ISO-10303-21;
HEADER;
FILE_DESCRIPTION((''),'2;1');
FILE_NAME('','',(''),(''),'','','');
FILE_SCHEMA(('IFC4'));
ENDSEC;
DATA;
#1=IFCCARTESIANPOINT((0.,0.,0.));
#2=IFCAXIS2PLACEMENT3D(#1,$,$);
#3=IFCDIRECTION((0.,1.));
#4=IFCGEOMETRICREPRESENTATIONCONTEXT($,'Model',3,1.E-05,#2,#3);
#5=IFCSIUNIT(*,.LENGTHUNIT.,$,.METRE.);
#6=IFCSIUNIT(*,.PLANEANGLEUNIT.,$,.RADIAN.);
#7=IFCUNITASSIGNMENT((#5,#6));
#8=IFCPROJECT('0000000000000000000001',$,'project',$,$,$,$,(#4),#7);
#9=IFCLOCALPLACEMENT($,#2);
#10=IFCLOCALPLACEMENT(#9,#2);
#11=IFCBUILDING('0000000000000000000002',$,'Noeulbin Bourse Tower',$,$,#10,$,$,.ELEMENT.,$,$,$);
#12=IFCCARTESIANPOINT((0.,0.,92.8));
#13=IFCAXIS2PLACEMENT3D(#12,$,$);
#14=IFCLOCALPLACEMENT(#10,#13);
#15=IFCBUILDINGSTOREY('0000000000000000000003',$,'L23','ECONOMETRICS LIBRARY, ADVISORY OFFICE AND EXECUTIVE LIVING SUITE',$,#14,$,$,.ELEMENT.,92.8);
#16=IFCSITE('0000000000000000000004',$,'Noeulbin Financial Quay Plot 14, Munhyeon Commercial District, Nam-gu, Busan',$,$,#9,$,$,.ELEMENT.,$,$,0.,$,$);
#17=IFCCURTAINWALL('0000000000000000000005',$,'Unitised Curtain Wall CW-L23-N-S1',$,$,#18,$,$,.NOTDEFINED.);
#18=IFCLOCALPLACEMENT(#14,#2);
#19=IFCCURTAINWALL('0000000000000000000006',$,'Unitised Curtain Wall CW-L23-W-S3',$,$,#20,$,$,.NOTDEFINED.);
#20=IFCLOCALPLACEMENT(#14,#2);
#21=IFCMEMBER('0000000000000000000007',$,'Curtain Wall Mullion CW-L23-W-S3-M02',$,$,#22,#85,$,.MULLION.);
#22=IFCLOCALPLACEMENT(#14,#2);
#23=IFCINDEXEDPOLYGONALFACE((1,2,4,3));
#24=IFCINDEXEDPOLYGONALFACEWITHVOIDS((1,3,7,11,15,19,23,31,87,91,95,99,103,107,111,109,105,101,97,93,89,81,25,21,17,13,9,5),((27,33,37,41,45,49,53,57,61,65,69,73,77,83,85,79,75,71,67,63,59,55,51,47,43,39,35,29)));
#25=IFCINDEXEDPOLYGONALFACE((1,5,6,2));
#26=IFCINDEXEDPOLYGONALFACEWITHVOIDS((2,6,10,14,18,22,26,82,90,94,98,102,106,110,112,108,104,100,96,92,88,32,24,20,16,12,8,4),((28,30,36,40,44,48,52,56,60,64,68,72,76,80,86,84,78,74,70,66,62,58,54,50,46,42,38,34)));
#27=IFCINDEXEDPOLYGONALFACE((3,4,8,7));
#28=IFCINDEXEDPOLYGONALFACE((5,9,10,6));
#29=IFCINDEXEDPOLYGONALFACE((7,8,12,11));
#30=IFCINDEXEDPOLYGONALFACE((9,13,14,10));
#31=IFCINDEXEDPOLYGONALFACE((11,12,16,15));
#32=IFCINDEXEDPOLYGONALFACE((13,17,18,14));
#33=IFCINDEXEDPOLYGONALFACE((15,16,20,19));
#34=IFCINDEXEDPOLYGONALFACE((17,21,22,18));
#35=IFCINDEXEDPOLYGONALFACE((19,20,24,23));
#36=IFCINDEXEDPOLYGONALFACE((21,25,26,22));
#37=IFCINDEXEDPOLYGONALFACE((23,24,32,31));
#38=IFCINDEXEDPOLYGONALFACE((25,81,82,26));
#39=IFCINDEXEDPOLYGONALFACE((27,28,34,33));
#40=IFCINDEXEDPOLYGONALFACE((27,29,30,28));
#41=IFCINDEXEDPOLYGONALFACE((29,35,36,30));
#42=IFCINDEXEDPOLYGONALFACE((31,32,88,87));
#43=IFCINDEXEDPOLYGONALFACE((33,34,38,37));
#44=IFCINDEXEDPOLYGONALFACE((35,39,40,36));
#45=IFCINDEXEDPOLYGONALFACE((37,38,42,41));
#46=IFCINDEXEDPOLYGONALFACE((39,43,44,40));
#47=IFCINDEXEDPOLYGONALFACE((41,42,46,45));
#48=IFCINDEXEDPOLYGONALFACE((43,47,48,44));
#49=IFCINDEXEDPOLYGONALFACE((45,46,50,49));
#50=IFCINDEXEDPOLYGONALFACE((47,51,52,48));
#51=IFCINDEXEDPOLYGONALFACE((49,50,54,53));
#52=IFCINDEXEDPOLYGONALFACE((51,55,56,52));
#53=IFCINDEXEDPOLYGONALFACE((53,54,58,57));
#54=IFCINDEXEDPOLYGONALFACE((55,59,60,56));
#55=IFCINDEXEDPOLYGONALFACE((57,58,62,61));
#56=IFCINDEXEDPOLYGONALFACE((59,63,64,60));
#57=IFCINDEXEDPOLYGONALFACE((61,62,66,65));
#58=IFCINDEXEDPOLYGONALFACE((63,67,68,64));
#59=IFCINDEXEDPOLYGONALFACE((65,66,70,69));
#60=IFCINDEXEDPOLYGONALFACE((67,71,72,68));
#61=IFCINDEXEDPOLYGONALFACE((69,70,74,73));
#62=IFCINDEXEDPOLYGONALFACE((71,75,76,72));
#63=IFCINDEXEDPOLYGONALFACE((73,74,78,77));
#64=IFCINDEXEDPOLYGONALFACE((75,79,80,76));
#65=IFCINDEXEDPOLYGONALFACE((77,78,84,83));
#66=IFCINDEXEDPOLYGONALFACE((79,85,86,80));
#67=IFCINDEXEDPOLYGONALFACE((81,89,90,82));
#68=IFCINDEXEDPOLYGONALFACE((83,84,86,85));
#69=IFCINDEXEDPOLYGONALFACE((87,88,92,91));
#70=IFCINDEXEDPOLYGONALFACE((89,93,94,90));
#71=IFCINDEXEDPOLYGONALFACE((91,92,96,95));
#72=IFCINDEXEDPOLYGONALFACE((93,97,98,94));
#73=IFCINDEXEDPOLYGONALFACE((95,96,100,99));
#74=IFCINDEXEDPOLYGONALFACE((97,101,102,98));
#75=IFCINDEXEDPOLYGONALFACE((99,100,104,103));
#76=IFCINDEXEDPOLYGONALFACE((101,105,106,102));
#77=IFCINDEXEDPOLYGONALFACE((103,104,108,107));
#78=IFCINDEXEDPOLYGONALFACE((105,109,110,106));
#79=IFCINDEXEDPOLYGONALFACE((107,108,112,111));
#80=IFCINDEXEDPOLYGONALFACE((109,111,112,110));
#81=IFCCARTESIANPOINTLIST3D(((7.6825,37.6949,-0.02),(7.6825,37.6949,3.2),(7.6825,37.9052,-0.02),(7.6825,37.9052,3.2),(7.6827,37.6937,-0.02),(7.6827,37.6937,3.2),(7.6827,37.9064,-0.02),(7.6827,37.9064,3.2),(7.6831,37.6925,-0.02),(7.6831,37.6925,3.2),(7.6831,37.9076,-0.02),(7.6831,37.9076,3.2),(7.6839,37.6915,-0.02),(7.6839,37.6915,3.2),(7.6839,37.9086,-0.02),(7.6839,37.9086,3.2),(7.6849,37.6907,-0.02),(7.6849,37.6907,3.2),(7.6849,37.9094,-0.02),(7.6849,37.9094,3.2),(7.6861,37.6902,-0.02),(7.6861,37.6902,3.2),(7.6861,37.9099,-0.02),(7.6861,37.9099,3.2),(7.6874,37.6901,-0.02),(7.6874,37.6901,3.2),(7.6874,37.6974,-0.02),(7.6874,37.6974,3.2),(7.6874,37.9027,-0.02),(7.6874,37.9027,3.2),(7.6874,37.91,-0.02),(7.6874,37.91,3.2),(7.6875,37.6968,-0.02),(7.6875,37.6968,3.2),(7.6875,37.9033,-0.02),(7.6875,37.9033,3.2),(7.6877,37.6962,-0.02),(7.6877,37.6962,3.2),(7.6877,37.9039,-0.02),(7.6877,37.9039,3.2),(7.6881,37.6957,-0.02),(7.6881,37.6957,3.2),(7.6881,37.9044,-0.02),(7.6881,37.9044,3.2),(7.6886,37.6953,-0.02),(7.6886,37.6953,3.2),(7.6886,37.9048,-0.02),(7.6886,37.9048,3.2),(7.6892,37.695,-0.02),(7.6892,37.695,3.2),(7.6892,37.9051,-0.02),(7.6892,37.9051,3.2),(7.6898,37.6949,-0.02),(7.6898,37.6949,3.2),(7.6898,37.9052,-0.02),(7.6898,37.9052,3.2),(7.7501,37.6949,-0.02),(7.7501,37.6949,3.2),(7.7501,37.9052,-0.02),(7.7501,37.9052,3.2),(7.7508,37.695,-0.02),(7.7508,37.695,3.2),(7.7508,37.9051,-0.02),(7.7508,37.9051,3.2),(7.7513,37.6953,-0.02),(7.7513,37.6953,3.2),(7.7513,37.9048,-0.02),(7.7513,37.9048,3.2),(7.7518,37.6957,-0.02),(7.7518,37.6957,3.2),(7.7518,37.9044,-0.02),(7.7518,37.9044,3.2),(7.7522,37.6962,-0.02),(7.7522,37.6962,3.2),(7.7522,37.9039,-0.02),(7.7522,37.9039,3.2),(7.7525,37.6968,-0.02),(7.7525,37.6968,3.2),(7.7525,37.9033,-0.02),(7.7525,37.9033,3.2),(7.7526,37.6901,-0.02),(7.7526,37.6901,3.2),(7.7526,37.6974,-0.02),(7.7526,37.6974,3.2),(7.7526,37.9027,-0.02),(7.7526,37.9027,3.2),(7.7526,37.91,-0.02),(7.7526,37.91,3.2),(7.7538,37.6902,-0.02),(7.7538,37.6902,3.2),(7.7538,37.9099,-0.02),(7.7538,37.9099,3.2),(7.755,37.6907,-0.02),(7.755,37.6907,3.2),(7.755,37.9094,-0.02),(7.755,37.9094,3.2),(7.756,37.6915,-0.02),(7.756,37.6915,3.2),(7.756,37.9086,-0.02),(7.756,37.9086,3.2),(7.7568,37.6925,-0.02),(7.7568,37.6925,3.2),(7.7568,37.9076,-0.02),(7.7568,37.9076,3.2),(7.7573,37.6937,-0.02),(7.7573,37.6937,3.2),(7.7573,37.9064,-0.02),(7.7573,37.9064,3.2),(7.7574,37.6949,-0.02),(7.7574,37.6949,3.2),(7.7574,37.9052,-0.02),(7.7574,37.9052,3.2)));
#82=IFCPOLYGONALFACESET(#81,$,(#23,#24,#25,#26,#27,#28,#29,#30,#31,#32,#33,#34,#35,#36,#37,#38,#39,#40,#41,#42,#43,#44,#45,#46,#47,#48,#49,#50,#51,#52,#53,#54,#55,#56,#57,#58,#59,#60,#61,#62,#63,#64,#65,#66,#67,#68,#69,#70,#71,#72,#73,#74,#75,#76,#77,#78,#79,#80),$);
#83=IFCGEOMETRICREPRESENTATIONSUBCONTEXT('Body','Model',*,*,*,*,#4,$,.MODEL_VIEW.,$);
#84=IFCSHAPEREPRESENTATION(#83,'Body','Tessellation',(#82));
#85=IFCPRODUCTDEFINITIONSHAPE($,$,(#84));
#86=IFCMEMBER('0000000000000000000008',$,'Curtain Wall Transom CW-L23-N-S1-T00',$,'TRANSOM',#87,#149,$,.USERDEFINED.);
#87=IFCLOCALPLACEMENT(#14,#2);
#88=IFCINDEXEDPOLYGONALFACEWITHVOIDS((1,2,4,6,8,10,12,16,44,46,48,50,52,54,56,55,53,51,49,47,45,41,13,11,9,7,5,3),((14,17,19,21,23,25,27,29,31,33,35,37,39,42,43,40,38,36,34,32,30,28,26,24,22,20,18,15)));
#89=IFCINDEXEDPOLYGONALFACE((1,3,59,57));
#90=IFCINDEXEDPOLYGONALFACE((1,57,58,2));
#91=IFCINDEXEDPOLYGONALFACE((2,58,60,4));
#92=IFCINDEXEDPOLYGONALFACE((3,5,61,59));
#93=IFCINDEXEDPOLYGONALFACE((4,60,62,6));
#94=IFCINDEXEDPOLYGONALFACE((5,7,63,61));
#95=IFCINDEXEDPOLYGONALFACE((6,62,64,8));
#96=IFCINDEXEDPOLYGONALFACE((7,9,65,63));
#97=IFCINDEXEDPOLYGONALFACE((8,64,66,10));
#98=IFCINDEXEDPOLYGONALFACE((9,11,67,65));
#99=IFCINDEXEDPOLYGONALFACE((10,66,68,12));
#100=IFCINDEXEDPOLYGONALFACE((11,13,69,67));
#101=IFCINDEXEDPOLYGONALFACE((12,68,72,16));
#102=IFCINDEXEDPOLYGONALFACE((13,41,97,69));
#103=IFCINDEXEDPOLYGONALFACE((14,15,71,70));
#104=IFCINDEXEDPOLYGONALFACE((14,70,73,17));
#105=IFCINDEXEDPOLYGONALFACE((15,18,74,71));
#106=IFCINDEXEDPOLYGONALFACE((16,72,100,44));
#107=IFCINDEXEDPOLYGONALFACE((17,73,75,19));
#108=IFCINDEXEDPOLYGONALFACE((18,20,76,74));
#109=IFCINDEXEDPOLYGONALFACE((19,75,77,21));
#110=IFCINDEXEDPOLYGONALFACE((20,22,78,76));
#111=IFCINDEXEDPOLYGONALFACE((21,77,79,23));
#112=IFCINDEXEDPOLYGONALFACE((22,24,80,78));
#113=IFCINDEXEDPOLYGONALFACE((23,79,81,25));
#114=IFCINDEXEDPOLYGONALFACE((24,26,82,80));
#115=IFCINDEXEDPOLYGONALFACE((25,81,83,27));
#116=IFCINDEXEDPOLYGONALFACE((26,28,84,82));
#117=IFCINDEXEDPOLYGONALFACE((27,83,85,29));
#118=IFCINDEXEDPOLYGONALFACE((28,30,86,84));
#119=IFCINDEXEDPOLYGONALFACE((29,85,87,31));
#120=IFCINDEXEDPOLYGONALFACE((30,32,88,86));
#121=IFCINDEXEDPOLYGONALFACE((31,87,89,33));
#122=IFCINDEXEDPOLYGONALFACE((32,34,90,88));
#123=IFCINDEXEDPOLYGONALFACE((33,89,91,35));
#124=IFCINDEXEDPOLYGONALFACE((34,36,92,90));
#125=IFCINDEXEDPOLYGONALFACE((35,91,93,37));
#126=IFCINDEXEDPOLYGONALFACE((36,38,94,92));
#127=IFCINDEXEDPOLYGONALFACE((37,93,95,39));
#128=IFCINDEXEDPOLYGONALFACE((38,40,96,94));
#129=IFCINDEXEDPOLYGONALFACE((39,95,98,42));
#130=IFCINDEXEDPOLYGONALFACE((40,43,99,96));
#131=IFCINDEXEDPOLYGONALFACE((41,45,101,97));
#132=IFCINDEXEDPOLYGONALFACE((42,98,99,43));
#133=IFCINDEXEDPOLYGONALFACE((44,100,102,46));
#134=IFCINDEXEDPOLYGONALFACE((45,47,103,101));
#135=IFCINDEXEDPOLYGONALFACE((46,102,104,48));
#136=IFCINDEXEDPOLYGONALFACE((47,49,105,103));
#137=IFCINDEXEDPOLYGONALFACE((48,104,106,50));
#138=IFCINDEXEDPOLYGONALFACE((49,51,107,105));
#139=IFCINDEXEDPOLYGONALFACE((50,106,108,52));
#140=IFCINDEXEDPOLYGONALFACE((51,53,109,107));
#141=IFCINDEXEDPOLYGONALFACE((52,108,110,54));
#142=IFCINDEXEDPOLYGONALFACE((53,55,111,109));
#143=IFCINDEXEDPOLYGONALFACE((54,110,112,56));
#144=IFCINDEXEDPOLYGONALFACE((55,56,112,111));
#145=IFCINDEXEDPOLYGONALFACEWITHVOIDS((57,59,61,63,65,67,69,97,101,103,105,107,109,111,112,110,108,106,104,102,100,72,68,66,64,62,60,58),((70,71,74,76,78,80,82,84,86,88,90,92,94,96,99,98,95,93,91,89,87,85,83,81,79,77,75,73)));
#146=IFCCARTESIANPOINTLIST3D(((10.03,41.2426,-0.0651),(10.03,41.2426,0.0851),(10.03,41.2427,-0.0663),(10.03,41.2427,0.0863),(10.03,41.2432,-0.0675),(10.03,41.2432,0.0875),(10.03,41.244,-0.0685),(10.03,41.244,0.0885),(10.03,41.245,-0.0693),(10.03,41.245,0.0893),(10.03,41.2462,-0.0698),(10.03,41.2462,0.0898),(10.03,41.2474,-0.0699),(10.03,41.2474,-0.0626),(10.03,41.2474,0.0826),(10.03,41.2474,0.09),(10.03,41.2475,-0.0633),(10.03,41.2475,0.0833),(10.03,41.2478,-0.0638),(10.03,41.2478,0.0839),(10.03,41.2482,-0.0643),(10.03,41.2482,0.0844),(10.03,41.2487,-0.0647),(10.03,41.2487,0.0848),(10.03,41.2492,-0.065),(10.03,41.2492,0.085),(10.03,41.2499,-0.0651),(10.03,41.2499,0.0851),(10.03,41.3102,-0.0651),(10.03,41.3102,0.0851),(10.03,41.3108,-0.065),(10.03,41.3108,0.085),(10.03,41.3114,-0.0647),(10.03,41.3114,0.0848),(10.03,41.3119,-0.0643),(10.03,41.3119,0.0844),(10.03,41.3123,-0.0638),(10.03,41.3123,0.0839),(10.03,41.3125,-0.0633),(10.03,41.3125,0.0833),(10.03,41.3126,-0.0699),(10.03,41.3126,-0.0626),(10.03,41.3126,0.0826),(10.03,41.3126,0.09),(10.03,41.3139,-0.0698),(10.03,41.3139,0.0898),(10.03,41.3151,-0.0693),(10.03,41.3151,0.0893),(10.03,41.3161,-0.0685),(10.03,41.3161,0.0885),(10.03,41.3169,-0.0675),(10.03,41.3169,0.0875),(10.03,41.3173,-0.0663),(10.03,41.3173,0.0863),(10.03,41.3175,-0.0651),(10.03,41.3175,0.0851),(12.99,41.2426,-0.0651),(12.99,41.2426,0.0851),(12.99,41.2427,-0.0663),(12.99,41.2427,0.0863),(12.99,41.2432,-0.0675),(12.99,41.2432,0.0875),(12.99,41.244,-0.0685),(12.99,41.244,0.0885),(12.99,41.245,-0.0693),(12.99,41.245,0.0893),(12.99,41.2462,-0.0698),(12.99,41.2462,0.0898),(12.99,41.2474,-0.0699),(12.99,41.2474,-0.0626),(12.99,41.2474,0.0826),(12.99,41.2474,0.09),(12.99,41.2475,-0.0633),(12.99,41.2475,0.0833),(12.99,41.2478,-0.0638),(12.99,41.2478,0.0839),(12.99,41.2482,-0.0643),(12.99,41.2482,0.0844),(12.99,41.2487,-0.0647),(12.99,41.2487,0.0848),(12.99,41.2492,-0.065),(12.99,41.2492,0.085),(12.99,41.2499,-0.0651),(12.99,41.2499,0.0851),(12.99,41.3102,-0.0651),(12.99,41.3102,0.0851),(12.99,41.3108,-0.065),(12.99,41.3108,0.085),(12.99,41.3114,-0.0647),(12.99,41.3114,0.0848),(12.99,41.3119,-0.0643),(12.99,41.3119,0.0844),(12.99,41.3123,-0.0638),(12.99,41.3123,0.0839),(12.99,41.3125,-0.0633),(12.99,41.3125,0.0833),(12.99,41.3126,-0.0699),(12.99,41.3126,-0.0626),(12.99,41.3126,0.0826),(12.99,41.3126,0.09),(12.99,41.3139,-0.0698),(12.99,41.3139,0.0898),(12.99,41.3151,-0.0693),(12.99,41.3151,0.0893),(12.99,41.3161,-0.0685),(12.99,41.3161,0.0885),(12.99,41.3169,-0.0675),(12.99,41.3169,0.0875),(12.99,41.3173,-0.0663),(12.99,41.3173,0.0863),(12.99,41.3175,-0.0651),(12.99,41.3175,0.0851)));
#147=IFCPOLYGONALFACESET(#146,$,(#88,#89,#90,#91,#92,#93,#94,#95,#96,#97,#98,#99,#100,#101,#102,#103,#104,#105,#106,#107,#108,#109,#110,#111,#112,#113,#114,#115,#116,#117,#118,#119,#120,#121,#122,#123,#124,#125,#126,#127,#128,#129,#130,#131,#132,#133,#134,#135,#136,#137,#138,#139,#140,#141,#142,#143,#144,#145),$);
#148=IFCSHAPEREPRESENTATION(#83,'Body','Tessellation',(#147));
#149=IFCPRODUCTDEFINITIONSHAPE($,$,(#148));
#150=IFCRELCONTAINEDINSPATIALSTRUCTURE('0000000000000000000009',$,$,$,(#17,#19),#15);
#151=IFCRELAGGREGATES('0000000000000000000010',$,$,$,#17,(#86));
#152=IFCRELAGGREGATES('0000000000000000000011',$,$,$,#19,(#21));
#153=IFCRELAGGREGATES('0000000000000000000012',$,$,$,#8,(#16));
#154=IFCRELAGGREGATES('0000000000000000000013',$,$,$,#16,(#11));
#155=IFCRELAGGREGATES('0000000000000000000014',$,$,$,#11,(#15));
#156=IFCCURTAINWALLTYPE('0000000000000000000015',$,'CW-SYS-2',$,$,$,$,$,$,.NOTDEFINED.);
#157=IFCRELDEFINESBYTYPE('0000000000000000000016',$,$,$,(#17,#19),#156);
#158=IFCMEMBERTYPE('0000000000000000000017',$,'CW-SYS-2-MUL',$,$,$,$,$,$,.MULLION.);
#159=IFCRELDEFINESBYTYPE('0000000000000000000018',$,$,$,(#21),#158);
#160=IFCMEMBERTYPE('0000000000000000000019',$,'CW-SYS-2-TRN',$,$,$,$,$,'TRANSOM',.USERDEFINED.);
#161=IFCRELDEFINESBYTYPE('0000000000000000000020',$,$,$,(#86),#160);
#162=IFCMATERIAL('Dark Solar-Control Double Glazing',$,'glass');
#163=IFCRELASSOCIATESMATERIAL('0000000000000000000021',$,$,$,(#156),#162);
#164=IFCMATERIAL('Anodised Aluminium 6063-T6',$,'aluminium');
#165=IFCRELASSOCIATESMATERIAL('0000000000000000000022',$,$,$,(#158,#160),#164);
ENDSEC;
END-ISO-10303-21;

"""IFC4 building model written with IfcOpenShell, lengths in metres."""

from ifc_helpers import new_model, si_unit, direction, frame, origin, origin_2d, place, context, subcontext, project, spatial, hollow_rectangle, extrude, material, material_profile, profile_set, type_object, element, aggregate, save


model = new_model("IFC4")

# Units and contexts
model_context = context("Model", 3, precision=1e-05, world=origin(), true_north=direction((0.0, 1.0)))
body_context = subcontext(model_context, "Body", "Model", "MODEL_VIEW")
ifc_project = project(units=[si_unit("LENGTHUNIT", "METRE"), si_unit("PLANEANGLEUNIT", "RADIAN")], contexts=[model_context])

# Site, building, storey
site_placement = place(None, origin())
site = spatial("IfcSite", under=ifc_project, at=site_placement, Name="Noeulbin Financial Quay Plot 14, Munhyeon Commercial District, Nam-gu, Busan", CompositionType="ELEMENT", RefElevation=0.0)
building_placement = place(site_placement, origin())
building = spatial("IfcBuilding", under=site, at=building_placement, Name="Noeulbin Bourse Tower", CompositionType="ELEMENT")
storey_placement = place(building_placement, frame((0.0, 0.0, 92.8)))
storey = spatial("IfcBuildingStorey", under=building, at=storey_placement, Name="L23", Description="ECONOMETRICS LIBRARY, ADVISORY OFFICE AND EXECUTIVE LIVING SUITE", CompositionType="ELEMENT", Elevation=92.8)

# Curtain wall
ifc_material_1 = material(Name="Dark Solar-Control Double Glazing", Category="glass")
curtain_wall_type = type_object("IfcCurtainWallType", Name="CW-SYS-2", PredefinedType="NOTDEFINED", material=ifc_material_1)
curtain_wall_1_placement = place(storey_placement, origin())
curtain_wall_1 = element("IfcCurtainWall", 1, at=curtain_wall_1_placement, inside=storey, type_object=curtain_wall_type, Name="Unitised Curtain Wall CW-L23-N-S1", PredefinedType="NOTDEFINED")
ifc_material_2 = material(Name="Anodised Aluminium 6063-T6", Category="aluminium")
ifc_material_profile_1 = material_profile(ifc_material_2, hollow_rectangle(XDim=0.075, YDim=0.22, WallThickness=0.0049, InnerFilletRadius=0.0024, OuterFilletRadius=0.0049, at=origin_2d()), Name="ALU-MULL-75x220x5", Category="LoadBearing")
ifc_profile_set_1 = profile_set([ifc_material_profile_1], Name="Anodised Aluminium 6063-T6")
member_type_1 = type_object("IfcMemberType", Name="CW-SYS-2-MUL", PredefinedType="MULLION", material=ifc_profile_set_1)

# Curtain wall, member
curtain_wall_2_placement = place(storey_placement, origin())
curtain_wall_2 = element("IfcCurtainWall", 2, at=curtain_wall_2_placement, inside=storey, type_object=curtain_wall_type, Name="Unitised Curtain Wall CW-L23-W-S3", PredefinedType="NOTDEFINED")
member_1_placement = place(storey_placement, frame((7.72, 37.8, -0.02), z_axis=(0.0, 0.0, 1.0), x_axis=(1.0, 0.0, 0.0)))
member_1 = element("IfcMember", 3, at=member_1_placement, type_object=member_type_1, Name="Curtain Wall Mullion CW-L23-W-S3-M02", PredefinedType="MULLION", context=body_context, shape_type="SweptSolid", body=[
    extrude(hollow_rectangle(XDim=0.075, YDim=0.22, WallThickness=0.0049, InnerFilletRadius=0.0024, OuterFilletRadius=0.0049, at=origin_2d()), origin(), (0.0, 0.0, 1.0), 3.22),
])

# Member
ifc_material_profile_2 = material_profile(ifc_material_2, hollow_rectangle(XDim=0.075, YDim=0.1599, WallThickness=0.0049, InnerFilletRadius=0.0024, OuterFilletRadius=0.0049, at=origin_2d()), Name="ALU-TRAN-75x160x5", Category="LoadBearing")
ifc_profile_set_2 = profile_set([ifc_material_profile_2], Name="Anodised Aluminium 6063-T6")
member_type_2 = type_object("IfcMemberType", Name="CW-SYS-2-TRN", ElementType="TRANSOM", PredefinedType="USERDEFINED", material=ifc_profile_set_2)
member_2_placement = place(storey_placement, frame((10.03, 41.28, 0.01), z_axis=(1.0, 0.0, 0.0), x_axis=(0.0, 1.0, 0.0)))
member_2 = element("IfcMember", 4, at=member_2_placement, type_object=member_type_2, Name="Curtain Wall Transom CW-L23-N-S1-T00", ObjectType="TRANSOM", PredefinedType="USERDEFINED", context=body_context, shape_type="SweptSolid", body=[
    extrude(hollow_rectangle(XDim=0.075, YDim=0.1599, WallThickness=0.0049, InnerFilletRadius=0.0024, OuterFilletRadius=0.0049, at=origin_2d()), origin(), (0.0, 0.0, 1.0), 2.96),
])

aggregate(curtain_wall_1, [member_2])
aggregate(curtain_wall_2, [member_1])

save(model, "model.ifc")
